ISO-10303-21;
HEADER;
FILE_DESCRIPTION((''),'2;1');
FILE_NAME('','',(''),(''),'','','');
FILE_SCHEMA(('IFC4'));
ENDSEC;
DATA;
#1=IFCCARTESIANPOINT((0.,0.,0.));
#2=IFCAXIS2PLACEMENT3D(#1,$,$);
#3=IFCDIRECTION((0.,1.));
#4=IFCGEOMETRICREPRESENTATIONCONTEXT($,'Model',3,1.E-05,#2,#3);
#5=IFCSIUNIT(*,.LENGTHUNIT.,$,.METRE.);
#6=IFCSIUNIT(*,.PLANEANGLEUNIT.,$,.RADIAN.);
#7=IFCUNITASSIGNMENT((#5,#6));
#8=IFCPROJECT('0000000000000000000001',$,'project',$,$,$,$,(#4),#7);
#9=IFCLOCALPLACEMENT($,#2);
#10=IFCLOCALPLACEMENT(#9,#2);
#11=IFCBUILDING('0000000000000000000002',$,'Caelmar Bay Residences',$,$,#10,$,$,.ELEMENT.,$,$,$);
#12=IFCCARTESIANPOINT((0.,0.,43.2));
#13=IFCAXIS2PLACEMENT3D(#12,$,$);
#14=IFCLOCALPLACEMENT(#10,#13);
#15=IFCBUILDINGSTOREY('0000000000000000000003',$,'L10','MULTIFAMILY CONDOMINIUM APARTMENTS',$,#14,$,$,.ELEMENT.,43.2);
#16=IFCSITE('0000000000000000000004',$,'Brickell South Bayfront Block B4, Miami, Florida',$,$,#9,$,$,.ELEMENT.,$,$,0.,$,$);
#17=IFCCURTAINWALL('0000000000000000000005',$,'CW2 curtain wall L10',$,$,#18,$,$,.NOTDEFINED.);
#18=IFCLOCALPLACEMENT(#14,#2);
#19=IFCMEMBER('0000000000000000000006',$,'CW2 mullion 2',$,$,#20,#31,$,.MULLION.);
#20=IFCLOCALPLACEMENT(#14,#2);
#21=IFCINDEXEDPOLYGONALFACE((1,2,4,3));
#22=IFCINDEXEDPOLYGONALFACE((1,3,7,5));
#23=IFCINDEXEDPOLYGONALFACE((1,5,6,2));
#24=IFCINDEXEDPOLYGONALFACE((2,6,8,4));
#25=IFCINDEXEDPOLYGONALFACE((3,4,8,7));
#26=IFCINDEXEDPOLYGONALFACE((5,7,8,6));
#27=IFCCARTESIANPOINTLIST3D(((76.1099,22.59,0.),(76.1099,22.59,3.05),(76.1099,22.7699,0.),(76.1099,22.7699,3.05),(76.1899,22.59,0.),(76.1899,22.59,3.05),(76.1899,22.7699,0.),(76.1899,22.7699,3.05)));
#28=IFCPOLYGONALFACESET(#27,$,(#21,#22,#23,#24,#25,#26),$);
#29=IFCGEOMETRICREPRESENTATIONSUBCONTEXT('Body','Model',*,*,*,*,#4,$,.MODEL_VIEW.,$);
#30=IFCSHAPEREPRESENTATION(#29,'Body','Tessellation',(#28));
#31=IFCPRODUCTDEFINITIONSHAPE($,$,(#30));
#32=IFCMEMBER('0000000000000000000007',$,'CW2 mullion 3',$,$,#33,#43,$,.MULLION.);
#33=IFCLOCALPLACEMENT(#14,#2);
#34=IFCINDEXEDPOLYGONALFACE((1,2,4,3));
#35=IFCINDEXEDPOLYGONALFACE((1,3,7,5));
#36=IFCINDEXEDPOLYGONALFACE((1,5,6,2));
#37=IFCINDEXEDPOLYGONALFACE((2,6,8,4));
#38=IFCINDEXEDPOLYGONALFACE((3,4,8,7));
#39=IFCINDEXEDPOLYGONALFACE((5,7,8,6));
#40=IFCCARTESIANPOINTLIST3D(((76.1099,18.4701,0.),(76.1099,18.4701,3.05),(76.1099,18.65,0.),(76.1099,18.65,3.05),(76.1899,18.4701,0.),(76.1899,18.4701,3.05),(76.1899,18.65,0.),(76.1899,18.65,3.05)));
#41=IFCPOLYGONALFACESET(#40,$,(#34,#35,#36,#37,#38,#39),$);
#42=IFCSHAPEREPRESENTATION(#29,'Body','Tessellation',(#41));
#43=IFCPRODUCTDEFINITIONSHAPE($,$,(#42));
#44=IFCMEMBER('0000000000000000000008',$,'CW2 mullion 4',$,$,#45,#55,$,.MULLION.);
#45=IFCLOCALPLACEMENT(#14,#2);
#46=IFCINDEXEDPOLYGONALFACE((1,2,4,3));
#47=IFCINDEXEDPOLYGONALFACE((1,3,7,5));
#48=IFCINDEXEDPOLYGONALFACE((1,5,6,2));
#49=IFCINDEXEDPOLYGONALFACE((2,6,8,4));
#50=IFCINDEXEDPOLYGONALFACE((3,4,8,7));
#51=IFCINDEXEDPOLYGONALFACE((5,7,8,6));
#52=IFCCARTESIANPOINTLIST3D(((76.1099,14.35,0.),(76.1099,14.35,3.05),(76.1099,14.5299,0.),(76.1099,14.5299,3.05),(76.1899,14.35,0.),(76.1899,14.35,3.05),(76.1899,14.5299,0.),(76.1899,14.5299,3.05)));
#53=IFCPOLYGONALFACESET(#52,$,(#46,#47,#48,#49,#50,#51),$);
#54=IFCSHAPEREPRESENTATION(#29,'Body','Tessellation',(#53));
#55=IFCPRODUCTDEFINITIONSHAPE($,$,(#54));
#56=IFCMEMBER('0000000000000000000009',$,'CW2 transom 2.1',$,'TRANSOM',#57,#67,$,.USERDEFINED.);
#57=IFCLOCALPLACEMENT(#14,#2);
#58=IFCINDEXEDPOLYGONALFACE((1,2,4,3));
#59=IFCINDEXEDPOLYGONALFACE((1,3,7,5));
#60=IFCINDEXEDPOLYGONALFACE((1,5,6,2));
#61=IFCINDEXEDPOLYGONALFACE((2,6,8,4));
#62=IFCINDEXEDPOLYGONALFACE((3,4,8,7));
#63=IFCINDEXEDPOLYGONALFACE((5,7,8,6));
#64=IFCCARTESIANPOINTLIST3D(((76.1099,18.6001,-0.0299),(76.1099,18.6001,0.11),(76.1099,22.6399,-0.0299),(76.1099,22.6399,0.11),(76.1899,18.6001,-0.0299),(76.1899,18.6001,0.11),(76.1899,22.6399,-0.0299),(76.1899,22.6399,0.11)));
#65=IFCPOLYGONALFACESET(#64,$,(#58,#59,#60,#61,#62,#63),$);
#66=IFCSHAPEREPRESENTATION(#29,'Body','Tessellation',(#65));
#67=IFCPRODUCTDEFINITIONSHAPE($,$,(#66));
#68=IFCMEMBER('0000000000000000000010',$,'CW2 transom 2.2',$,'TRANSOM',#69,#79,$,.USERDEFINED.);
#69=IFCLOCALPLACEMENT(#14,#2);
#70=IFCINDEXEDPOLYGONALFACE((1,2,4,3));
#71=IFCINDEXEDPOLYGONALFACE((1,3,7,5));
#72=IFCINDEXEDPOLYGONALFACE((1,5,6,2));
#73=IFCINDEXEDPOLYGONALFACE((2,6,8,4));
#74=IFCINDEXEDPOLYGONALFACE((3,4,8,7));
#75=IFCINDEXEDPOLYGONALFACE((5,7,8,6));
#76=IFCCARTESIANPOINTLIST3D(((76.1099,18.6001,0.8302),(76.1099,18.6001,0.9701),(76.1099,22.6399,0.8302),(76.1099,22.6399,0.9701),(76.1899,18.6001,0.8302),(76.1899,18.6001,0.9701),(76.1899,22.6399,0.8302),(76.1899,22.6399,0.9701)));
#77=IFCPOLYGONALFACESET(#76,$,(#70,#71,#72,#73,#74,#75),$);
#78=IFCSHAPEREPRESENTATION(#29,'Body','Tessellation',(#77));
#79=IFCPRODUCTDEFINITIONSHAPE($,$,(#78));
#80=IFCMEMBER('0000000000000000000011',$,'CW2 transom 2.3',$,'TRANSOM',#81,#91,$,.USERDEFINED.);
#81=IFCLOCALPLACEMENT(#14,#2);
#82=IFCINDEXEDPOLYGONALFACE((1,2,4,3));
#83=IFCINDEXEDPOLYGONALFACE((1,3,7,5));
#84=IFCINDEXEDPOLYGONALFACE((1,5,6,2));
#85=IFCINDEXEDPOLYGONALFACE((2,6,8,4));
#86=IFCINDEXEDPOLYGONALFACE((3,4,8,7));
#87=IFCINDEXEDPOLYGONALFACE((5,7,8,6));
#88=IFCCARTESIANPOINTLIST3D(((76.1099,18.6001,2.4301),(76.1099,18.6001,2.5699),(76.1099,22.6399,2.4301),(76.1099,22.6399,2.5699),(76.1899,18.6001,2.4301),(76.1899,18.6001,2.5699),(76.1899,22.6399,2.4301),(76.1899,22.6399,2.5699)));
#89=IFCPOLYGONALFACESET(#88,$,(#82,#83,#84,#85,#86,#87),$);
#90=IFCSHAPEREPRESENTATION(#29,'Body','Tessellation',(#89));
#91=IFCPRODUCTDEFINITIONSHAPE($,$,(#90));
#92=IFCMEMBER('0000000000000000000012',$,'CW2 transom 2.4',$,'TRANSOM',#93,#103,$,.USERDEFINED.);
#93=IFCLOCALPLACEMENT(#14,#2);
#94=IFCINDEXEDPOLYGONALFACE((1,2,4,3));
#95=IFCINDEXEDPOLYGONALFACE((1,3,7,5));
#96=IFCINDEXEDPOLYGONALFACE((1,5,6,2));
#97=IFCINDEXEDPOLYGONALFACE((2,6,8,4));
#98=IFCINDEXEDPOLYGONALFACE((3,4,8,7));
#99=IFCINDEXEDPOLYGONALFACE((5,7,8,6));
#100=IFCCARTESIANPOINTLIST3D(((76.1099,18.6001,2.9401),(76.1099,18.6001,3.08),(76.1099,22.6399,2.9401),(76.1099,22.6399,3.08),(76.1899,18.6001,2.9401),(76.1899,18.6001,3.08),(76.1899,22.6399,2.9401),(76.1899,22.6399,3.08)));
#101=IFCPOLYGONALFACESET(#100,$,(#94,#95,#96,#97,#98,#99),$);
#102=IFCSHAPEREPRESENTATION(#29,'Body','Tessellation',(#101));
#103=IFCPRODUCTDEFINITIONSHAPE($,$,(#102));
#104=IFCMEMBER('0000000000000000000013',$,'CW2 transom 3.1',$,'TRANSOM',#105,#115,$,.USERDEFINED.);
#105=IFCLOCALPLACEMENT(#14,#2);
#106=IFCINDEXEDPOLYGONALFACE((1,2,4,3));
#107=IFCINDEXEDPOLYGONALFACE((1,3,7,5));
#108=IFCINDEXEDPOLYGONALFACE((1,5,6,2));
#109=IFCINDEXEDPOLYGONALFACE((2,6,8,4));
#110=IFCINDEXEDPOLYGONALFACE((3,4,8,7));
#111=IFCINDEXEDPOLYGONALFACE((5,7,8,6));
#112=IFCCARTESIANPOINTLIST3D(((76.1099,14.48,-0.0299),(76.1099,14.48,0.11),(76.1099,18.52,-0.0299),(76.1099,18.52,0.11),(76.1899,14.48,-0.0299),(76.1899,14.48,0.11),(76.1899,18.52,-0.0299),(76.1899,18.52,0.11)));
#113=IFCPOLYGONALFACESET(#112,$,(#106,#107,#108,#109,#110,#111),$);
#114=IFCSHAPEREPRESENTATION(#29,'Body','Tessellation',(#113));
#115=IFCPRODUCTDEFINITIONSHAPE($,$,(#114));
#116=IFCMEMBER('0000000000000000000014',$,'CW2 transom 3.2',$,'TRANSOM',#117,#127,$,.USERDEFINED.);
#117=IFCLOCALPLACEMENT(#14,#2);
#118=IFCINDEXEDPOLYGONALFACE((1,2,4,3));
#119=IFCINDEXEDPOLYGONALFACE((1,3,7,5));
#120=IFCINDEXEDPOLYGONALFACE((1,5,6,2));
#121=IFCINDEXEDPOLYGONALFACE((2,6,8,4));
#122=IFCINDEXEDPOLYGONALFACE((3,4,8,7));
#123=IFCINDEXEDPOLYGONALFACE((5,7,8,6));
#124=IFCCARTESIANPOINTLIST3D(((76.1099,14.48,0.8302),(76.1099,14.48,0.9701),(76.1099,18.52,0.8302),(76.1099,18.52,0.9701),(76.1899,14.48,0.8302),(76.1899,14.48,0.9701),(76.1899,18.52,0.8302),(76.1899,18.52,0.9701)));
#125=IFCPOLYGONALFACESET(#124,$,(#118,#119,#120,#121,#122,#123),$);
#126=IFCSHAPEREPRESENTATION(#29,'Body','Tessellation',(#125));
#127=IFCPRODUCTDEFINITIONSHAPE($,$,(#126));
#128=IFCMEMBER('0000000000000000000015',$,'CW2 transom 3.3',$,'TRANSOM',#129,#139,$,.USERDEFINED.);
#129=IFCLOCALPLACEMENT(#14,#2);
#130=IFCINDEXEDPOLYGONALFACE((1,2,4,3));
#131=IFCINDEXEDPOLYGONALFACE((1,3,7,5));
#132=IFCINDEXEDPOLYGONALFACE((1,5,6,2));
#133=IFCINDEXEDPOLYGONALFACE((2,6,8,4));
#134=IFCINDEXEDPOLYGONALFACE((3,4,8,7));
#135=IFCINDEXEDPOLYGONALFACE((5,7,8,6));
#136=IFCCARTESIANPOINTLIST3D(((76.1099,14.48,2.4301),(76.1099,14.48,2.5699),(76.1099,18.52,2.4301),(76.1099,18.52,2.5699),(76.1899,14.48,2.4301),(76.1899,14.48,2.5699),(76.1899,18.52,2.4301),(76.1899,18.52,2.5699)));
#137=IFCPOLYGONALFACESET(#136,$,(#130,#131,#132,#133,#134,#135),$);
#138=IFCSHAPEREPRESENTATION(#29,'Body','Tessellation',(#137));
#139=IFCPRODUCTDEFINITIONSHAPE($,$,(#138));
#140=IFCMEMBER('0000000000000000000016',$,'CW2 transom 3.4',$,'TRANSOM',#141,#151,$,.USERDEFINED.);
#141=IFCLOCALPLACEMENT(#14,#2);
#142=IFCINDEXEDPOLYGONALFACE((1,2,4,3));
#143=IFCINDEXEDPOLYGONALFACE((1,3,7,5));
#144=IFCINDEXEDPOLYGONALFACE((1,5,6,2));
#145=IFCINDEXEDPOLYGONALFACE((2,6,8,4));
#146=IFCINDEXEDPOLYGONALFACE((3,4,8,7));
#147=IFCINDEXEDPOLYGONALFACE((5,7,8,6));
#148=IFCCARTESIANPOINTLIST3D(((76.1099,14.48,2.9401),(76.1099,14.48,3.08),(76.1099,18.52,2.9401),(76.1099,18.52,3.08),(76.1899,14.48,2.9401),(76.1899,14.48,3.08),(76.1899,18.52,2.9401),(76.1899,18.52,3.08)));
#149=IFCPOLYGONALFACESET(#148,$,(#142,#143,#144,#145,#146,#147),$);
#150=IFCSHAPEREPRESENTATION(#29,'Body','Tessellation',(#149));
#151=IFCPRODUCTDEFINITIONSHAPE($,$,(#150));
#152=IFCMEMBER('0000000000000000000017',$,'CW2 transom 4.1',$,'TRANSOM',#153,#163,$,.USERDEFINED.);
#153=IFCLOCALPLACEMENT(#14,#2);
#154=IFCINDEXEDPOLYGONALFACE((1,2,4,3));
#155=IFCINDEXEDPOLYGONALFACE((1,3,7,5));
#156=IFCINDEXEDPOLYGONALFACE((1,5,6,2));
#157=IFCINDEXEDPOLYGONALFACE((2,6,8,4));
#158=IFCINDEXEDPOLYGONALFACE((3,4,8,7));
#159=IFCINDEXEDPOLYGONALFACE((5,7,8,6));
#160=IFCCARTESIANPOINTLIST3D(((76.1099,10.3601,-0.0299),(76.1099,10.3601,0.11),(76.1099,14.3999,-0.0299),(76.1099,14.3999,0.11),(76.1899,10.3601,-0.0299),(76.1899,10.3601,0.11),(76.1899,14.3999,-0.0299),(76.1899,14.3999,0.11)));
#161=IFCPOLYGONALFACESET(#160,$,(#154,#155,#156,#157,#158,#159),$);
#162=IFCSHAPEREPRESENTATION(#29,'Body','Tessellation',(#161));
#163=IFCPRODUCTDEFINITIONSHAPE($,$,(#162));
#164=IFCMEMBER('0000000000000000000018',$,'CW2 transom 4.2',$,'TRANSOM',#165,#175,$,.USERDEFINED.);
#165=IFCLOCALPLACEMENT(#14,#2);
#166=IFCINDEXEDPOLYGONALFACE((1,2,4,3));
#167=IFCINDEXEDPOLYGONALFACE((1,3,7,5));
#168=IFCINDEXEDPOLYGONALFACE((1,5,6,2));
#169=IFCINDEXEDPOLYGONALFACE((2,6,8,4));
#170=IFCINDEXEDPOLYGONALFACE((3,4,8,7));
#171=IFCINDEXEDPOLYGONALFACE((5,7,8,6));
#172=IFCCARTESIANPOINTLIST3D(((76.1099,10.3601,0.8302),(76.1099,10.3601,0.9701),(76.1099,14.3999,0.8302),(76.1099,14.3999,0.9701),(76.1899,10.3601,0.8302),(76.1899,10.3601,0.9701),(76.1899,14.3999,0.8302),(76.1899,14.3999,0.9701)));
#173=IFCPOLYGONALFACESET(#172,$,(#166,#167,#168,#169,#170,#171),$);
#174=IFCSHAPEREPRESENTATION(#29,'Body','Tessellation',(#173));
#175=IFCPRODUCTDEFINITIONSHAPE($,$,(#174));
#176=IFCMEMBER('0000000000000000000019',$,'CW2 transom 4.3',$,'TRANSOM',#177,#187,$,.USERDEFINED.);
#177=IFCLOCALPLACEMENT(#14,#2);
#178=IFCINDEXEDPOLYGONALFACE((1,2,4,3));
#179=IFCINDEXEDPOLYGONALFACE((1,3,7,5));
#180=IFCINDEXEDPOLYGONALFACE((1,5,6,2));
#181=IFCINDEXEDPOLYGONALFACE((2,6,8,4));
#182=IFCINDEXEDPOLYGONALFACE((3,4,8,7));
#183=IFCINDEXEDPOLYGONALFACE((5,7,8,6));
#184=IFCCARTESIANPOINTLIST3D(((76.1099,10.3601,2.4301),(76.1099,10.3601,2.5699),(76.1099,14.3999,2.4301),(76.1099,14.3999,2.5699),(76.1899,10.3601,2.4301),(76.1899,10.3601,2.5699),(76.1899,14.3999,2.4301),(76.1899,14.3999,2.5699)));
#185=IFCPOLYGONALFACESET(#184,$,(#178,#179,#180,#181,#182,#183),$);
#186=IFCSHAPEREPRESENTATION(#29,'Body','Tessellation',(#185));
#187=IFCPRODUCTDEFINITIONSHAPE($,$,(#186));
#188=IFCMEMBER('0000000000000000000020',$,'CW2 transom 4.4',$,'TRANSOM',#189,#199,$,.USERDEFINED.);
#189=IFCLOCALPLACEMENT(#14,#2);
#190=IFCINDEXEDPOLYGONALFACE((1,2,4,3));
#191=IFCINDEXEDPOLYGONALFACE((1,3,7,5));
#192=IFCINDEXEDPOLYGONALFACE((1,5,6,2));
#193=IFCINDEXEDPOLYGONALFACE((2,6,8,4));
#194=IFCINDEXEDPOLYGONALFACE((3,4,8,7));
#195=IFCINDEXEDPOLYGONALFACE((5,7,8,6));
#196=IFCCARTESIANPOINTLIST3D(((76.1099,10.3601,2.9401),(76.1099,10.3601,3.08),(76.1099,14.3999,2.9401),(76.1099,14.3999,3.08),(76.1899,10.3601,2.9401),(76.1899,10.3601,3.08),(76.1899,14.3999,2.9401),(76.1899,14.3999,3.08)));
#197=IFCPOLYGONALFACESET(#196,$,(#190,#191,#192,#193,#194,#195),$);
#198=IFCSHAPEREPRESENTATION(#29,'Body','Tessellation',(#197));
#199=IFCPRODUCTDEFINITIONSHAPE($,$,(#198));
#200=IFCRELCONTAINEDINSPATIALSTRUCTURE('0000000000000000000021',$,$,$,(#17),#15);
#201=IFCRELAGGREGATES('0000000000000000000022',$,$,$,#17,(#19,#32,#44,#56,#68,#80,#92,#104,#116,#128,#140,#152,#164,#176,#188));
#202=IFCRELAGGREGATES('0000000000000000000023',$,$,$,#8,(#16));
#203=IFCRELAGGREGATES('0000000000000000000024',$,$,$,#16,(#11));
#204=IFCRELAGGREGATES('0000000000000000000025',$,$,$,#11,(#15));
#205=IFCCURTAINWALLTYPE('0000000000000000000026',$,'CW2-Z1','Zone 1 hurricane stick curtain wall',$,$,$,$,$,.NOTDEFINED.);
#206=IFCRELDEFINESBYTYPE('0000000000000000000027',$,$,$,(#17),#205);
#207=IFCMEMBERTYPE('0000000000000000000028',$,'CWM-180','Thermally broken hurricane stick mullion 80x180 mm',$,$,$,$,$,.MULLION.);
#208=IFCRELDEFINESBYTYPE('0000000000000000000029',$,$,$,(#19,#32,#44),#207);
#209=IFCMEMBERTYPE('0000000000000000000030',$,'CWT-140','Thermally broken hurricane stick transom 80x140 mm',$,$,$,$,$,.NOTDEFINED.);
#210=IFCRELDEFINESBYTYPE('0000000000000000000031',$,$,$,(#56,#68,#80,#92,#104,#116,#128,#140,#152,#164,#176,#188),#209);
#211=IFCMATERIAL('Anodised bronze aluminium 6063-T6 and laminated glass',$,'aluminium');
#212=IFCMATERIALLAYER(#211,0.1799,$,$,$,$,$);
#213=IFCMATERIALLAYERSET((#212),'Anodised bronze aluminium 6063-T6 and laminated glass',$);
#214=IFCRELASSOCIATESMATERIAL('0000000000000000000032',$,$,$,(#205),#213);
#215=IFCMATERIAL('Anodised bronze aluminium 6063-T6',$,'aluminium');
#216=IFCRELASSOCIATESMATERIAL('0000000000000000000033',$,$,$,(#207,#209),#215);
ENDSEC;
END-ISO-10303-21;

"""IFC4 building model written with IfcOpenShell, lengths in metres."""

from ifc_helpers import new_model, si_unit, direction, frame, origin, origin_2d, place, context, subcontext, project, spatial, rectangle, extrude, material, layer, layer_set, material_profile, profile_set, type_object, element, aggregate, save


model = new_model("IFC4")

# Units and contexts
model_context = context("Model", 3, precision=1e-05, world=origin(), true_north=direction((0.0, 1.0)))
body_context = subcontext(model_context, "Body", "Model", "MODEL_VIEW")
ifc_project = project(units=[si_unit("LENGTHUNIT", "METRE"), si_unit("PLANEANGLEUNIT", "RADIAN")], contexts=[model_context])

# Site, building, storey
site_placement = place(None, origin())
site = spatial("IfcSite", under=ifc_project, at=site_placement, Name="Brickell South Bayfront Block B4, Miami, Florida", CompositionType="ELEMENT", RefElevation=0.0)
building_placement = place(site_placement, origin())
building = spatial("IfcBuilding", under=site, at=building_placement, Name="Caelmar Bay Residences", CompositionType="ELEMENT")
storey_placement = place(building_placement, frame((0.0, 0.0, 43.2)))
storey = spatial("IfcBuildingStorey", under=building, at=storey_placement, Name="L10", Description="MULTIFAMILY CONDOMINIUM APARTMENTS", CompositionType="ELEMENT", Elevation=43.2)

# Curtain wall, members
ifc_material_1 = material(Name="Anodised bronze aluminium 6063-T6 and laminated glass", Category="aluminium")
ifc_layer_1 = layer(ifc_material_1, 0.1799)
ifc_layer_set_1 = layer_set([ifc_layer_1], Name="Anodised bronze aluminium 6063-T6 and laminated glass")
curtain_wall_type = type_object("IfcCurtainWallType", Name="CW2-Z1", Description="Zone 1 hurricane stick curtain wall", PredefinedType="NOTDEFINED", material=ifc_layer_set_1)
curtain_wall_placement = place(storey_placement, origin())
curtain_wall = element("IfcCurtainWall", 1, at=curtain_wall_placement, inside=storey, type_object=curtain_wall_type, Name="CW2 curtain wall L10", PredefinedType="NOTDEFINED")
ifc_material_2 = material(Name="Anodised bronze aluminium 6063-T6", Category="aluminium")
ifc_material_profile_1 = material_profile(ifc_material_2, rectangle(XDim=0.0801, YDim=0.1799, at=origin_2d()), Name="CWM-80X180")
ifc_profile_set_1 = profile_set([ifc_material_profile_1], Name="Anodised bronze aluminium 6063-T6")
member_type_1 = type_object("IfcMemberType", Name="CWM-180", Description="Thermally broken hurricane stick mullion 80x180 mm", PredefinedType="MULLION", material=ifc_profile_set_1)
member_1_placement = place(storey_placement, frame((76.1499, 22.6799, 0.0), z_axis=(0.0, 0.0, 1.0), x_axis=(1.0, 0.0, 0.0)))
member_1 = element("IfcMember", 2, at=member_1_placement, type_object=member_type_1, Name="CW2 mullion 2", PredefinedType="MULLION", context=body_context, shape_type="SweptSolid", body=[
    extrude(rectangle(XDim=0.0801, YDim=0.1799, at=origin_2d()), origin(), (0.0, 0.0, 1.0), 3.05),
])
member_2_placement = place(storey_placement, frame((76.1499, 18.5601, 0.0), z_axis=(0.0, 0.0, 1.0), x_axis=(1.0, 0.0, 0.0)))
member_2 = element("IfcMember", 3, at=member_2_placement, type_object=member_type_1, Name="CW2 mullion 3", PredefinedType="MULLION", context=body_context, shape_type="SweptSolid", body=[
    extrude(rectangle(XDim=0.0801, YDim=0.1799, at=origin_2d()), origin(), (0.0, 0.0, 1.0), 3.05),
])
member_3_placement = place(storey_placement, frame((76.1499, 14.4399, 0.0), z_axis=(0.0, 0.0, 1.0), x_axis=(1.0, 0.0, 0.0)))
member_3 = element("IfcMember", 4, at=member_3_placement, type_object=member_type_1, Name="CW2 mullion 4", PredefinedType="MULLION", context=body_context, shape_type="SweptSolid", body=[
    extrude(rectangle(XDim=0.0801, YDim=0.1799, at=origin_2d()), origin(), (0.0, 0.0, 1.0), 3.05),
])
ifc_material_profile_2 = material_profile(ifc_material_2, rectangle(XDim=0.0801, YDim=0.1399, at=origin_2d()), Name="CWT-80X140")
ifc_profile_set_2 = profile_set([ifc_material_profile_2], Name="Anodised bronze aluminium 6063-T6")
member_type_2 = type_object("IfcMemberType", Name="CWT-140", Description="Thermally broken hurricane stick transom 80x140 mm", PredefinedType="NOTDEFINED", material=ifc_profile_set_2)
member_4_placement = place(storey_placement, frame((76.1499, 22.6399, 0.04), z_axis=(0.0, -1.0, 0.0), x_axis=(1.0, 0.0, 0.0)))
member_4 = element("IfcMember", 5, at=member_4_placement, type_object=member_type_2, Name="CW2 transom 2.1", ObjectType="TRANSOM", PredefinedType="USERDEFINED", context=body_context, shape_type="SweptSolid", body=[
    extrude(rectangle(XDim=0.0801, YDim=0.1399, at=origin_2d()), origin(), (0.0, 0.0, 1.0), 4.0398),
])
member_5_placement = place(storey_placement, frame((76.1499, 22.6399, 0.9001), z_axis=(0.0, -1.0, 0.0), x_axis=(1.0, 0.0, 0.0)))
member_5 = element("IfcMember", 6, at=member_5_placement, type_object=member_type_2, Name="CW2 transom 2.2", ObjectType="TRANSOM", PredefinedType="USERDEFINED", context=body_context, shape_type="SweptSolid", body=[
    extrude(rectangle(XDim=0.0801, YDim=0.1399, at=origin_2d()), origin(), (0.0, 0.0, 1.0), 4.0398),
])
member_6_placement = place(storey_placement, frame((76.1499, 22.6399, 2.5), z_axis=(0.0, -1.0, 0.0), x_axis=(1.0, 0.0, 0.0)))
member_6 = element("IfcMember", 7, at=member_6_placement, type_object=member_type_2, Name="CW2 transom 2.3", ObjectType="TRANSOM", PredefinedType="USERDEFINED", context=body_context, shape_type="SweptSolid", body=[
    extrude(rectangle(XDim=0.0801, YDim=0.1399, at=origin_2d()), origin(), (0.0, 0.0, 1.0), 4.0398),
])
member_7_placement = place(storey_placement, frame((76.1499, 22.6399, 3.01), z_axis=(0.0, -1.0, 0.0), x_axis=(1.0, 0.0, 0.0)))
member_7 = element("IfcMember", 8, at=member_7_placement, type_object=member_type_2, Name="CW2 transom 2.4", ObjectType="TRANSOM", PredefinedType="USERDEFINED", context=body_context, shape_type="SweptSolid", body=[
    extrude(rectangle(XDim=0.0801, YDim=0.1399, at=origin_2d()), origin(), (0.0, 0.0, 1.0), 4.0398),
])
member_8_placement = place(storey_placement, frame((76.1499, 18.52, 0.04), z_axis=(0.0, -1.0, 0.0), x_axis=(1.0, 0.0, 0.0)))
member_8 = element("IfcMember", 9, at=member_8_placement, type_object=member_type_2, Name="CW2 transom 3.1", ObjectType="TRANSOM", PredefinedType="USERDEFINED", context=body_context, shape_type="SweptSolid", body=[
    extrude(rectangle(XDim=0.0801, YDim=0.1399, at=origin_2d()), origin(), (0.0, 0.0, 1.0), 4.04),
])
member_9_placement = place(storey_placement, frame((76.1499, 18.52, 0.9001), z_axis=(0.0, -1.0, 0.0), x_axis=(1.0, 0.0, 0.0)))
member_9 = element("IfcMember", 10, at=member_9_placement, type_object=member_type_2, Name="CW2 transom 3.2", ObjectType="TRANSOM", PredefinedType="USERDEFINED", context=body_context, shape_type="SweptSolid", body=[
    extrude(rectangle(XDim=0.0801, YDim=0.1399, at=origin_2d()), origin(), (0.0, 0.0, 1.0), 4.04),
])
member_10_placement = place(storey_placement, frame((76.1499, 18.52, 2.5), z_axis=(0.0, -1.0, 0.0), x_axis=(1.0, 0.0, 0.0)))
member_10 = element("IfcMember", 11, at=member_10_placement, type_object=member_type_2, Name="CW2 transom 3.3", ObjectType="TRANSOM", PredefinedType="USERDEFINED", context=body_context, shape_type="SweptSolid", body=[
    extrude(rectangle(XDim=0.0801, YDim=0.1399, at=origin_2d()), origin(), (0.0, 0.0, 1.0), 4.04),
])
member_11_placement = place(storey_placement, frame((76.1499, 18.52, 3.01), z_axis=(0.0, -1.0, 0.0), x_axis=(1.0, 0.0, 0.0)))
member_11 = element("IfcMember", 12, at=member_11_placement, type_object=member_type_2, Name="CW2 transom 3.4", ObjectType="TRANSOM", PredefinedType="USERDEFINED", context=body_context, shape_type="SweptSolid", body=[
    extrude(rectangle(XDim=0.0801, YDim=0.1399, at=origin_2d()), origin(), (0.0, 0.0, 1.0), 4.04),
])
member_12_placement = place(storey_placement, frame((76.1499, 14.3999, 0.04), z_axis=(0.0, -1.0, 0.0), x_axis=(1.0, 0.0, 0.0)))
member_12 = element("IfcMember", 13, at=member_12_placement, type_object=member_type_2, Name="CW2 transom 4.1", ObjectType="TRANSOM", PredefinedType="USERDEFINED", context=body_context, shape_type="SweptSolid", body=[
    extrude(rectangle(XDim=0.0801, YDim=0.1399, at=origin_2d()), origin(), (0.0, 0.0, 1.0), 4.0398),
])
member_13_placement = place(storey_placement, frame((76.1499, 14.3999, 0.9001), z_axis=(0.0, -1.0, 0.0), x_axis=(1.0, 0.0, 0.0)))
member_13 = element("IfcMember", 14, at=member_13_placement, type_object=member_type_2, Name="CW2 transom 4.2", ObjectType="TRANSOM", PredefinedType="USERDEFINED", context=body_context, shape_type="SweptSolid", body=[
    extrude(rectangle(XDim=0.0801, YDim=0.1399, at=origin_2d()), origin(), (0.0, 0.0, 1.0), 4.0398),
])
member_14_placement = place(storey_placement, frame((76.1499, 14.3999, 2.5), z_axis=(0.0, -1.0, 0.0), x_axis=(1.0, 0.0, 0.0)))
member_14 = element("IfcMember", 15, at=member_14_placement, type_object=member_type_2, Name="CW2 transom 4.3", ObjectType="TRANSOM", PredefinedType="USERDEFINED", context=body_context, shape_type="SweptSolid", body=[
    extrude(rectangle(XDim=0.0801, YDim=0.1399, at=origin_2d()), origin(), (0.0, 0.0, 1.0), 4.0398),
])
member_15_placement = place(storey_placement, frame((76.1499, 14.3999, 3.01), z_axis=(0.0, -1.0, 0.0), x_axis=(1.0, 0.0, 0.0)))
member_15 = element("IfcMember", 16, at=member_15_placement, type_object=member_type_2, Name="CW2 transom 4.4", ObjectType="TRANSOM", PredefinedType="USERDEFINED", context=body_context, shape_type="SweptSolid", body=[
    extrude(rectangle(XDim=0.0801, YDim=0.1399, at=origin_2d()), origin(), (0.0, 0.0, 1.0), 4.0398),
])
aggregate(curtain_wall, [member_1, member_2, member_3, member_4, member_5, member_6, member_7, member_8, member_9, member_10, member_11, member_12, member_13, member_14, member_15])

save(model, "model.ifc")
